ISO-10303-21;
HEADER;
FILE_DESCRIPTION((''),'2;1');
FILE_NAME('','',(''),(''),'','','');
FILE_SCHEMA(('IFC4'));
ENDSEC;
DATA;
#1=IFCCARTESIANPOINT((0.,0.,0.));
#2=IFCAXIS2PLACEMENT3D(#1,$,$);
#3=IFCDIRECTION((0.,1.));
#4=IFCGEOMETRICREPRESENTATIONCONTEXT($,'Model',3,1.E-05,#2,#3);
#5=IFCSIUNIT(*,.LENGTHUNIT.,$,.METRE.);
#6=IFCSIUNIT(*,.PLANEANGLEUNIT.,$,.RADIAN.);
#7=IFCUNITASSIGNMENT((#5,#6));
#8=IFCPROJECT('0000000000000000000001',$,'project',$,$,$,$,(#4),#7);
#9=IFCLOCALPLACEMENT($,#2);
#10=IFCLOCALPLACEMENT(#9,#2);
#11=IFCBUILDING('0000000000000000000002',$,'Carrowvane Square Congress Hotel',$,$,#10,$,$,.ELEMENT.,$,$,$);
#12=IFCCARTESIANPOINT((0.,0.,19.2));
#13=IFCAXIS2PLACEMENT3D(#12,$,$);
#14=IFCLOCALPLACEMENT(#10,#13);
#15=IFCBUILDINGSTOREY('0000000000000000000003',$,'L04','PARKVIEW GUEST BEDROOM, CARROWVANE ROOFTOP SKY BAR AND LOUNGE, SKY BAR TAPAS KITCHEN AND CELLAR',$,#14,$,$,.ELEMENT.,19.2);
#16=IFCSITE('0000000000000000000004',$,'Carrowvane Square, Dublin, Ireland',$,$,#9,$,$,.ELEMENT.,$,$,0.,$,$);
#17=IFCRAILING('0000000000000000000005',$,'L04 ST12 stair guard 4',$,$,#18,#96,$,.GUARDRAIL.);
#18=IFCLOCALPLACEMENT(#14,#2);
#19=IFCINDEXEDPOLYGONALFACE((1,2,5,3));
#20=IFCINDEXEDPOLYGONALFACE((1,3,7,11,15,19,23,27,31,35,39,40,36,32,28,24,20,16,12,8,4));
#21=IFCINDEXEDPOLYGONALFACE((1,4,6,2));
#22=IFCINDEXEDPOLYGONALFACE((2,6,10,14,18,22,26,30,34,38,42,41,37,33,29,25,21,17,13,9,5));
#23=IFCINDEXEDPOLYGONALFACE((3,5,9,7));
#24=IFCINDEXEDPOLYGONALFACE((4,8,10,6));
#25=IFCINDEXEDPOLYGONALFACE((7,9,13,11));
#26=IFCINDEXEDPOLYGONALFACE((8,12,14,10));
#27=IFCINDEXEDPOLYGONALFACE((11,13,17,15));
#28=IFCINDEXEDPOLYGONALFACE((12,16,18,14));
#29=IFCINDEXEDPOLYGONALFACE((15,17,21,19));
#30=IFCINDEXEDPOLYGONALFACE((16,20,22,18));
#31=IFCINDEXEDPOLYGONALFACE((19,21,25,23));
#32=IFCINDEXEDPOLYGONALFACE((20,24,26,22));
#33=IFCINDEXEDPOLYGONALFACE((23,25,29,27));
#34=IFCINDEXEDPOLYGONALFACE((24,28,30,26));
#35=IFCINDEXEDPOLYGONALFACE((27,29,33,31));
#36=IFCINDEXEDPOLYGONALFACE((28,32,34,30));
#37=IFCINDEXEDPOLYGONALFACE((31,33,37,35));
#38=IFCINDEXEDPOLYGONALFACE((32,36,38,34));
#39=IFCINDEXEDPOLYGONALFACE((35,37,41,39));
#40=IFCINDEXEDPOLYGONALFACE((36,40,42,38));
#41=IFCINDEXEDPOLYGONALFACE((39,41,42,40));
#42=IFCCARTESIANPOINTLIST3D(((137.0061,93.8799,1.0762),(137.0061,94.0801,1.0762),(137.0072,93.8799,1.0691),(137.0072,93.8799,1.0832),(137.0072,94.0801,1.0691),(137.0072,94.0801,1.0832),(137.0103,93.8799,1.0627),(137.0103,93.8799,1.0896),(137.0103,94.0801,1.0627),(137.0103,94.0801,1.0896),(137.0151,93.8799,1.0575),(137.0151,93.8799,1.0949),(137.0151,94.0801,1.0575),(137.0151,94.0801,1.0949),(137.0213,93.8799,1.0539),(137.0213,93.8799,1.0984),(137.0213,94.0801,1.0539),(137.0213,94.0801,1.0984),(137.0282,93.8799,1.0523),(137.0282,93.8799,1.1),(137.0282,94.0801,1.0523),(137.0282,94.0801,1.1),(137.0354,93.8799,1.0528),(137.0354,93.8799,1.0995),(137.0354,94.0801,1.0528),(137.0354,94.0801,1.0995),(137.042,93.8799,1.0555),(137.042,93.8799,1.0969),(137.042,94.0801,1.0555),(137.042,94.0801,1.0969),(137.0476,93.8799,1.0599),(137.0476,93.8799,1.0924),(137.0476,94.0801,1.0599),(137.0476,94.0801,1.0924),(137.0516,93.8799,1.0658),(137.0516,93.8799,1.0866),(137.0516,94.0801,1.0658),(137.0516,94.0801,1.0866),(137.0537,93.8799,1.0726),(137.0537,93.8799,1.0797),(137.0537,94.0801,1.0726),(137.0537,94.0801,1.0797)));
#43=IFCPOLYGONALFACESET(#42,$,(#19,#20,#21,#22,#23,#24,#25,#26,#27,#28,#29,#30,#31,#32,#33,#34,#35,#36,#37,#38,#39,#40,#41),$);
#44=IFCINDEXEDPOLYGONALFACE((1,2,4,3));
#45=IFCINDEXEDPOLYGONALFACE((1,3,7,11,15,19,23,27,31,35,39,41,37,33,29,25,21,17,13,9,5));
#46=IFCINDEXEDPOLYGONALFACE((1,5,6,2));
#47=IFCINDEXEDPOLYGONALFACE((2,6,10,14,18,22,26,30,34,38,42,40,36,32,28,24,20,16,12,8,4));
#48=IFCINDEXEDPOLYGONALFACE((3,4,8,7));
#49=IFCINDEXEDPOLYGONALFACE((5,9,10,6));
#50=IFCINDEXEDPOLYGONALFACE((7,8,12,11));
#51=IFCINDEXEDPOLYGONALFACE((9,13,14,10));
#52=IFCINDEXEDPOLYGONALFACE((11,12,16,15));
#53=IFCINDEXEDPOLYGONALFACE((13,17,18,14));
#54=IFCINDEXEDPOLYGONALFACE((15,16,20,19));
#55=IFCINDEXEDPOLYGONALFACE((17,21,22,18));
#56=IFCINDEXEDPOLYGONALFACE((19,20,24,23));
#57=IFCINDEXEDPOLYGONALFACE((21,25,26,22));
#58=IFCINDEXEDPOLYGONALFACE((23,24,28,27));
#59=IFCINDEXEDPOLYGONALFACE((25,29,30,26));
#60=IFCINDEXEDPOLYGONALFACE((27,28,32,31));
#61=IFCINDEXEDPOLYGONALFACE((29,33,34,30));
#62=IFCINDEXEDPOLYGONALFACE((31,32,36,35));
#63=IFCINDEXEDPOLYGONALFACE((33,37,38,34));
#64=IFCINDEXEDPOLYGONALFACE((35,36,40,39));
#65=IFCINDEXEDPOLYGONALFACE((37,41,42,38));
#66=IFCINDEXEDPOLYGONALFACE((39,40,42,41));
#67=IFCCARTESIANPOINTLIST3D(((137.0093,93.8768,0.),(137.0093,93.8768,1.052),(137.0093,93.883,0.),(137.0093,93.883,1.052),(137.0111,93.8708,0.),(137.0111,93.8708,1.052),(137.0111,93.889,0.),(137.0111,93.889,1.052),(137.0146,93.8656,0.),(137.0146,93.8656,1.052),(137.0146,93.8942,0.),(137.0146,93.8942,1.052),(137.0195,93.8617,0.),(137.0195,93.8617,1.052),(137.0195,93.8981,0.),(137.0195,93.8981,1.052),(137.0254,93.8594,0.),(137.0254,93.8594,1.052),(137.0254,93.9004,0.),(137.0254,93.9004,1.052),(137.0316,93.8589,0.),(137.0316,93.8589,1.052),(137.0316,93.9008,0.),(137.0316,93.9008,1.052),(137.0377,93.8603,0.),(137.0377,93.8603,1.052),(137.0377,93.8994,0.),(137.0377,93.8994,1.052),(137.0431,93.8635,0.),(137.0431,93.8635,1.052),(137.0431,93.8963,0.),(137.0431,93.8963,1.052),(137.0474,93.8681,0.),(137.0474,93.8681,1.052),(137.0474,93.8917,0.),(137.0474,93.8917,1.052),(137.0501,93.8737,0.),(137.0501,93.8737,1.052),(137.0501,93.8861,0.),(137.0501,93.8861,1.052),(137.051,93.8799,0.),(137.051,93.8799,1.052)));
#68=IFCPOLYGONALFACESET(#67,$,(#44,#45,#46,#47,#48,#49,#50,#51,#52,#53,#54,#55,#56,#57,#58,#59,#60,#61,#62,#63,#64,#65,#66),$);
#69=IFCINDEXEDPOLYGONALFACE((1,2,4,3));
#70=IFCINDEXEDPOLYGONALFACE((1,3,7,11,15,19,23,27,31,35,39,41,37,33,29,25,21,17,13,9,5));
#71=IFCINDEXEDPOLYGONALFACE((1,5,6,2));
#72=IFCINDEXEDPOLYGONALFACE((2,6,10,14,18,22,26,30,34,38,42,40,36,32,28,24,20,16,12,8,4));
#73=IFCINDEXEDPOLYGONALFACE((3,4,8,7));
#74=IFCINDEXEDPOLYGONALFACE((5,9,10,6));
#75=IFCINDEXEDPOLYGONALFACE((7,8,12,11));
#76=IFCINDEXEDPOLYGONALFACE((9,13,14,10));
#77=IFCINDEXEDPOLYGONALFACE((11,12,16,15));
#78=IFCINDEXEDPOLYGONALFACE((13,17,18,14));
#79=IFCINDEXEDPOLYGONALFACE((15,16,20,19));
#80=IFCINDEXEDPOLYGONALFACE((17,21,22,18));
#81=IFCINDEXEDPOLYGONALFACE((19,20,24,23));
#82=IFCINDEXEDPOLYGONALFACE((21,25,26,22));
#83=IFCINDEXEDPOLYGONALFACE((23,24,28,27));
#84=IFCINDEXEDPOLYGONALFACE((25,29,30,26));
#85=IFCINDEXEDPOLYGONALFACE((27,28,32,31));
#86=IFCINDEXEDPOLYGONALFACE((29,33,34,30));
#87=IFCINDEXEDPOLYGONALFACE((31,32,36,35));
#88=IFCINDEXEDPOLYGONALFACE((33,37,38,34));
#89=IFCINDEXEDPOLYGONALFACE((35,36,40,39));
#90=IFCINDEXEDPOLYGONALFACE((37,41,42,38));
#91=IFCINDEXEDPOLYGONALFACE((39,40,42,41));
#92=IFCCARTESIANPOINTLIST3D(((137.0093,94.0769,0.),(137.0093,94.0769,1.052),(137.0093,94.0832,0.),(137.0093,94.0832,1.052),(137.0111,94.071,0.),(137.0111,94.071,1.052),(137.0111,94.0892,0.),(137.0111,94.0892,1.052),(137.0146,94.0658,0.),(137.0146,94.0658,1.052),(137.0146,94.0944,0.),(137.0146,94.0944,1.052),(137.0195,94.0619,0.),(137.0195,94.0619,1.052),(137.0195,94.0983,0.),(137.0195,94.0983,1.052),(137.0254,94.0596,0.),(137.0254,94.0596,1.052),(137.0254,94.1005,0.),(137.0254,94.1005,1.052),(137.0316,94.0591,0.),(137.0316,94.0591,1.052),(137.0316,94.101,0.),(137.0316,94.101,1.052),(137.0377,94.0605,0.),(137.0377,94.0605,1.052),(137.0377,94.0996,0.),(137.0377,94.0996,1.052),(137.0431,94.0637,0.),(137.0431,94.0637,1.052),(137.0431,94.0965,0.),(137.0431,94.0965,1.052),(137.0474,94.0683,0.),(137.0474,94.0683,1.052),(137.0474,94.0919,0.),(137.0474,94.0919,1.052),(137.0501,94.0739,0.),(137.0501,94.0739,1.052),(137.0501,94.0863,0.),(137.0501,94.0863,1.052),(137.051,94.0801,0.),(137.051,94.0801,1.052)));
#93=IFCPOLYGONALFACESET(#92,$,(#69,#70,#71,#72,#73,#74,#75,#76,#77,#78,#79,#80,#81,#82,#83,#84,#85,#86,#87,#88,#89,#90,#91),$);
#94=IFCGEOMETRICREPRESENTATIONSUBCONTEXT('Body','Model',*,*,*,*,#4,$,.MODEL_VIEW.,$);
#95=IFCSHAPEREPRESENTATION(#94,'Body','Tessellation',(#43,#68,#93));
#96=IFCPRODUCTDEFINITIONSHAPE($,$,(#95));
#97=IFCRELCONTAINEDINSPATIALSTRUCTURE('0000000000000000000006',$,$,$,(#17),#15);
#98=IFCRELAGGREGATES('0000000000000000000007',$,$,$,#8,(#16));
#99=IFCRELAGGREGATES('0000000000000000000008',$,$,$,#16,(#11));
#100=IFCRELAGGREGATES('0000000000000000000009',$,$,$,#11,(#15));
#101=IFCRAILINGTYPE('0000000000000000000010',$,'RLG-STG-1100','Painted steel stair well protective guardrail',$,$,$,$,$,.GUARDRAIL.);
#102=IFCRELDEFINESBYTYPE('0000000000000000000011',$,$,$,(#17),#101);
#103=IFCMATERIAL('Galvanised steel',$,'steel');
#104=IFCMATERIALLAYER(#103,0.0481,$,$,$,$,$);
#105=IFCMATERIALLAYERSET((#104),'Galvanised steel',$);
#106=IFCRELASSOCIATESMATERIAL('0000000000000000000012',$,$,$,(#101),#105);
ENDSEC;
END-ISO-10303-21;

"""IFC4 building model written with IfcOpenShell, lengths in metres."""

from ifc_helpers import new_model, si_unit, direction, frame, origin, origin_2d, place, context, subcontext, project, spatial, circle, extrude, material, layer, layer_set, type_object, element, save


model = new_model("IFC4")

# Units and contexts
model_context = context("Model", 3, precision=1e-05, world=origin(), true_north=direction((0.0, 1.0)))
body_context = subcontext(model_context, "Body", "Model", "MODEL_VIEW")
ifc_project = project(units=[si_unit("LENGTHUNIT", "METRE"), si_unit("PLANEANGLEUNIT", "RADIAN")], contexts=[model_context])

# Site, building, storey
site_placement = place(None, origin())
site = spatial("IfcSite", under=ifc_project, at=site_placement, Name="Carrowvane Square, Dublin, Ireland", CompositionType="ELEMENT", RefElevation=0.0)
building_placement = place(site_placement, origin())
building = spatial("IfcBuilding", under=site, at=building_placement, Name="Carrowvane Square Congress Hotel", CompositionType="ELEMENT")
storey_placement = place(building_placement, frame((0.0, 0.0, 19.2)))
storey = spatial("IfcBuildingStorey", under=building, at=storey_placement, Name="L04", Description="PARKVIEW GUEST BEDROOM, CARROWVANE ROOFTOP SKY BAR AND LOUNGE, SKY BAR TAPAS KITCHEN AND CELLAR", CompositionType="ELEMENT", Elevation=19.2)

# Railing
ifc_material_1 = material(Name="Galvanised steel", Category="steel")
ifc_layer_1 = layer(ifc_material_1, 0.0481)
ifc_layer_set_1 = layer_set([ifc_layer_1], Name="Galvanised steel")
railing_type_1 = type_object("IfcRailingType", Name="RLG-STG-1100", Description="Painted steel stair well protective guardrail", PredefinedType="GUARDRAIL", material=ifc_layer_set_1)
railing_1_placement = place(storey_placement, frame((137.03, 93.8799, 0.0)))
element("IfcRailing", 1, at=railing_1_placement, inside=storey, type_object=railing_type_1, Name="L04 ST12 stair guard 4", PredefinedType="GUARDRAIL", context=body_context, shape_type="SweptSolid", body=[
    extrude(circle(Radius=0.0239, at=origin_2d()), frame((0.0, 0.0, 1.0762), z_axis=(0.0, 1.0, 0.0), x_axis=(-1.0, 0.0, 0.0)), (0.0, 0.0, 1.0), 0.2002),
    extrude(circle(Radius=0.021, at=origin_2d()), origin(), (0.0, 0.0, 1.0), 1.052),
    extrude(circle(Radius=0.021, at=origin_2d()), frame((0.0, 0.2002, 0.0)), (0.0, 0.0, 1.0), 1.052),
])

save(model, "model.ifc")
